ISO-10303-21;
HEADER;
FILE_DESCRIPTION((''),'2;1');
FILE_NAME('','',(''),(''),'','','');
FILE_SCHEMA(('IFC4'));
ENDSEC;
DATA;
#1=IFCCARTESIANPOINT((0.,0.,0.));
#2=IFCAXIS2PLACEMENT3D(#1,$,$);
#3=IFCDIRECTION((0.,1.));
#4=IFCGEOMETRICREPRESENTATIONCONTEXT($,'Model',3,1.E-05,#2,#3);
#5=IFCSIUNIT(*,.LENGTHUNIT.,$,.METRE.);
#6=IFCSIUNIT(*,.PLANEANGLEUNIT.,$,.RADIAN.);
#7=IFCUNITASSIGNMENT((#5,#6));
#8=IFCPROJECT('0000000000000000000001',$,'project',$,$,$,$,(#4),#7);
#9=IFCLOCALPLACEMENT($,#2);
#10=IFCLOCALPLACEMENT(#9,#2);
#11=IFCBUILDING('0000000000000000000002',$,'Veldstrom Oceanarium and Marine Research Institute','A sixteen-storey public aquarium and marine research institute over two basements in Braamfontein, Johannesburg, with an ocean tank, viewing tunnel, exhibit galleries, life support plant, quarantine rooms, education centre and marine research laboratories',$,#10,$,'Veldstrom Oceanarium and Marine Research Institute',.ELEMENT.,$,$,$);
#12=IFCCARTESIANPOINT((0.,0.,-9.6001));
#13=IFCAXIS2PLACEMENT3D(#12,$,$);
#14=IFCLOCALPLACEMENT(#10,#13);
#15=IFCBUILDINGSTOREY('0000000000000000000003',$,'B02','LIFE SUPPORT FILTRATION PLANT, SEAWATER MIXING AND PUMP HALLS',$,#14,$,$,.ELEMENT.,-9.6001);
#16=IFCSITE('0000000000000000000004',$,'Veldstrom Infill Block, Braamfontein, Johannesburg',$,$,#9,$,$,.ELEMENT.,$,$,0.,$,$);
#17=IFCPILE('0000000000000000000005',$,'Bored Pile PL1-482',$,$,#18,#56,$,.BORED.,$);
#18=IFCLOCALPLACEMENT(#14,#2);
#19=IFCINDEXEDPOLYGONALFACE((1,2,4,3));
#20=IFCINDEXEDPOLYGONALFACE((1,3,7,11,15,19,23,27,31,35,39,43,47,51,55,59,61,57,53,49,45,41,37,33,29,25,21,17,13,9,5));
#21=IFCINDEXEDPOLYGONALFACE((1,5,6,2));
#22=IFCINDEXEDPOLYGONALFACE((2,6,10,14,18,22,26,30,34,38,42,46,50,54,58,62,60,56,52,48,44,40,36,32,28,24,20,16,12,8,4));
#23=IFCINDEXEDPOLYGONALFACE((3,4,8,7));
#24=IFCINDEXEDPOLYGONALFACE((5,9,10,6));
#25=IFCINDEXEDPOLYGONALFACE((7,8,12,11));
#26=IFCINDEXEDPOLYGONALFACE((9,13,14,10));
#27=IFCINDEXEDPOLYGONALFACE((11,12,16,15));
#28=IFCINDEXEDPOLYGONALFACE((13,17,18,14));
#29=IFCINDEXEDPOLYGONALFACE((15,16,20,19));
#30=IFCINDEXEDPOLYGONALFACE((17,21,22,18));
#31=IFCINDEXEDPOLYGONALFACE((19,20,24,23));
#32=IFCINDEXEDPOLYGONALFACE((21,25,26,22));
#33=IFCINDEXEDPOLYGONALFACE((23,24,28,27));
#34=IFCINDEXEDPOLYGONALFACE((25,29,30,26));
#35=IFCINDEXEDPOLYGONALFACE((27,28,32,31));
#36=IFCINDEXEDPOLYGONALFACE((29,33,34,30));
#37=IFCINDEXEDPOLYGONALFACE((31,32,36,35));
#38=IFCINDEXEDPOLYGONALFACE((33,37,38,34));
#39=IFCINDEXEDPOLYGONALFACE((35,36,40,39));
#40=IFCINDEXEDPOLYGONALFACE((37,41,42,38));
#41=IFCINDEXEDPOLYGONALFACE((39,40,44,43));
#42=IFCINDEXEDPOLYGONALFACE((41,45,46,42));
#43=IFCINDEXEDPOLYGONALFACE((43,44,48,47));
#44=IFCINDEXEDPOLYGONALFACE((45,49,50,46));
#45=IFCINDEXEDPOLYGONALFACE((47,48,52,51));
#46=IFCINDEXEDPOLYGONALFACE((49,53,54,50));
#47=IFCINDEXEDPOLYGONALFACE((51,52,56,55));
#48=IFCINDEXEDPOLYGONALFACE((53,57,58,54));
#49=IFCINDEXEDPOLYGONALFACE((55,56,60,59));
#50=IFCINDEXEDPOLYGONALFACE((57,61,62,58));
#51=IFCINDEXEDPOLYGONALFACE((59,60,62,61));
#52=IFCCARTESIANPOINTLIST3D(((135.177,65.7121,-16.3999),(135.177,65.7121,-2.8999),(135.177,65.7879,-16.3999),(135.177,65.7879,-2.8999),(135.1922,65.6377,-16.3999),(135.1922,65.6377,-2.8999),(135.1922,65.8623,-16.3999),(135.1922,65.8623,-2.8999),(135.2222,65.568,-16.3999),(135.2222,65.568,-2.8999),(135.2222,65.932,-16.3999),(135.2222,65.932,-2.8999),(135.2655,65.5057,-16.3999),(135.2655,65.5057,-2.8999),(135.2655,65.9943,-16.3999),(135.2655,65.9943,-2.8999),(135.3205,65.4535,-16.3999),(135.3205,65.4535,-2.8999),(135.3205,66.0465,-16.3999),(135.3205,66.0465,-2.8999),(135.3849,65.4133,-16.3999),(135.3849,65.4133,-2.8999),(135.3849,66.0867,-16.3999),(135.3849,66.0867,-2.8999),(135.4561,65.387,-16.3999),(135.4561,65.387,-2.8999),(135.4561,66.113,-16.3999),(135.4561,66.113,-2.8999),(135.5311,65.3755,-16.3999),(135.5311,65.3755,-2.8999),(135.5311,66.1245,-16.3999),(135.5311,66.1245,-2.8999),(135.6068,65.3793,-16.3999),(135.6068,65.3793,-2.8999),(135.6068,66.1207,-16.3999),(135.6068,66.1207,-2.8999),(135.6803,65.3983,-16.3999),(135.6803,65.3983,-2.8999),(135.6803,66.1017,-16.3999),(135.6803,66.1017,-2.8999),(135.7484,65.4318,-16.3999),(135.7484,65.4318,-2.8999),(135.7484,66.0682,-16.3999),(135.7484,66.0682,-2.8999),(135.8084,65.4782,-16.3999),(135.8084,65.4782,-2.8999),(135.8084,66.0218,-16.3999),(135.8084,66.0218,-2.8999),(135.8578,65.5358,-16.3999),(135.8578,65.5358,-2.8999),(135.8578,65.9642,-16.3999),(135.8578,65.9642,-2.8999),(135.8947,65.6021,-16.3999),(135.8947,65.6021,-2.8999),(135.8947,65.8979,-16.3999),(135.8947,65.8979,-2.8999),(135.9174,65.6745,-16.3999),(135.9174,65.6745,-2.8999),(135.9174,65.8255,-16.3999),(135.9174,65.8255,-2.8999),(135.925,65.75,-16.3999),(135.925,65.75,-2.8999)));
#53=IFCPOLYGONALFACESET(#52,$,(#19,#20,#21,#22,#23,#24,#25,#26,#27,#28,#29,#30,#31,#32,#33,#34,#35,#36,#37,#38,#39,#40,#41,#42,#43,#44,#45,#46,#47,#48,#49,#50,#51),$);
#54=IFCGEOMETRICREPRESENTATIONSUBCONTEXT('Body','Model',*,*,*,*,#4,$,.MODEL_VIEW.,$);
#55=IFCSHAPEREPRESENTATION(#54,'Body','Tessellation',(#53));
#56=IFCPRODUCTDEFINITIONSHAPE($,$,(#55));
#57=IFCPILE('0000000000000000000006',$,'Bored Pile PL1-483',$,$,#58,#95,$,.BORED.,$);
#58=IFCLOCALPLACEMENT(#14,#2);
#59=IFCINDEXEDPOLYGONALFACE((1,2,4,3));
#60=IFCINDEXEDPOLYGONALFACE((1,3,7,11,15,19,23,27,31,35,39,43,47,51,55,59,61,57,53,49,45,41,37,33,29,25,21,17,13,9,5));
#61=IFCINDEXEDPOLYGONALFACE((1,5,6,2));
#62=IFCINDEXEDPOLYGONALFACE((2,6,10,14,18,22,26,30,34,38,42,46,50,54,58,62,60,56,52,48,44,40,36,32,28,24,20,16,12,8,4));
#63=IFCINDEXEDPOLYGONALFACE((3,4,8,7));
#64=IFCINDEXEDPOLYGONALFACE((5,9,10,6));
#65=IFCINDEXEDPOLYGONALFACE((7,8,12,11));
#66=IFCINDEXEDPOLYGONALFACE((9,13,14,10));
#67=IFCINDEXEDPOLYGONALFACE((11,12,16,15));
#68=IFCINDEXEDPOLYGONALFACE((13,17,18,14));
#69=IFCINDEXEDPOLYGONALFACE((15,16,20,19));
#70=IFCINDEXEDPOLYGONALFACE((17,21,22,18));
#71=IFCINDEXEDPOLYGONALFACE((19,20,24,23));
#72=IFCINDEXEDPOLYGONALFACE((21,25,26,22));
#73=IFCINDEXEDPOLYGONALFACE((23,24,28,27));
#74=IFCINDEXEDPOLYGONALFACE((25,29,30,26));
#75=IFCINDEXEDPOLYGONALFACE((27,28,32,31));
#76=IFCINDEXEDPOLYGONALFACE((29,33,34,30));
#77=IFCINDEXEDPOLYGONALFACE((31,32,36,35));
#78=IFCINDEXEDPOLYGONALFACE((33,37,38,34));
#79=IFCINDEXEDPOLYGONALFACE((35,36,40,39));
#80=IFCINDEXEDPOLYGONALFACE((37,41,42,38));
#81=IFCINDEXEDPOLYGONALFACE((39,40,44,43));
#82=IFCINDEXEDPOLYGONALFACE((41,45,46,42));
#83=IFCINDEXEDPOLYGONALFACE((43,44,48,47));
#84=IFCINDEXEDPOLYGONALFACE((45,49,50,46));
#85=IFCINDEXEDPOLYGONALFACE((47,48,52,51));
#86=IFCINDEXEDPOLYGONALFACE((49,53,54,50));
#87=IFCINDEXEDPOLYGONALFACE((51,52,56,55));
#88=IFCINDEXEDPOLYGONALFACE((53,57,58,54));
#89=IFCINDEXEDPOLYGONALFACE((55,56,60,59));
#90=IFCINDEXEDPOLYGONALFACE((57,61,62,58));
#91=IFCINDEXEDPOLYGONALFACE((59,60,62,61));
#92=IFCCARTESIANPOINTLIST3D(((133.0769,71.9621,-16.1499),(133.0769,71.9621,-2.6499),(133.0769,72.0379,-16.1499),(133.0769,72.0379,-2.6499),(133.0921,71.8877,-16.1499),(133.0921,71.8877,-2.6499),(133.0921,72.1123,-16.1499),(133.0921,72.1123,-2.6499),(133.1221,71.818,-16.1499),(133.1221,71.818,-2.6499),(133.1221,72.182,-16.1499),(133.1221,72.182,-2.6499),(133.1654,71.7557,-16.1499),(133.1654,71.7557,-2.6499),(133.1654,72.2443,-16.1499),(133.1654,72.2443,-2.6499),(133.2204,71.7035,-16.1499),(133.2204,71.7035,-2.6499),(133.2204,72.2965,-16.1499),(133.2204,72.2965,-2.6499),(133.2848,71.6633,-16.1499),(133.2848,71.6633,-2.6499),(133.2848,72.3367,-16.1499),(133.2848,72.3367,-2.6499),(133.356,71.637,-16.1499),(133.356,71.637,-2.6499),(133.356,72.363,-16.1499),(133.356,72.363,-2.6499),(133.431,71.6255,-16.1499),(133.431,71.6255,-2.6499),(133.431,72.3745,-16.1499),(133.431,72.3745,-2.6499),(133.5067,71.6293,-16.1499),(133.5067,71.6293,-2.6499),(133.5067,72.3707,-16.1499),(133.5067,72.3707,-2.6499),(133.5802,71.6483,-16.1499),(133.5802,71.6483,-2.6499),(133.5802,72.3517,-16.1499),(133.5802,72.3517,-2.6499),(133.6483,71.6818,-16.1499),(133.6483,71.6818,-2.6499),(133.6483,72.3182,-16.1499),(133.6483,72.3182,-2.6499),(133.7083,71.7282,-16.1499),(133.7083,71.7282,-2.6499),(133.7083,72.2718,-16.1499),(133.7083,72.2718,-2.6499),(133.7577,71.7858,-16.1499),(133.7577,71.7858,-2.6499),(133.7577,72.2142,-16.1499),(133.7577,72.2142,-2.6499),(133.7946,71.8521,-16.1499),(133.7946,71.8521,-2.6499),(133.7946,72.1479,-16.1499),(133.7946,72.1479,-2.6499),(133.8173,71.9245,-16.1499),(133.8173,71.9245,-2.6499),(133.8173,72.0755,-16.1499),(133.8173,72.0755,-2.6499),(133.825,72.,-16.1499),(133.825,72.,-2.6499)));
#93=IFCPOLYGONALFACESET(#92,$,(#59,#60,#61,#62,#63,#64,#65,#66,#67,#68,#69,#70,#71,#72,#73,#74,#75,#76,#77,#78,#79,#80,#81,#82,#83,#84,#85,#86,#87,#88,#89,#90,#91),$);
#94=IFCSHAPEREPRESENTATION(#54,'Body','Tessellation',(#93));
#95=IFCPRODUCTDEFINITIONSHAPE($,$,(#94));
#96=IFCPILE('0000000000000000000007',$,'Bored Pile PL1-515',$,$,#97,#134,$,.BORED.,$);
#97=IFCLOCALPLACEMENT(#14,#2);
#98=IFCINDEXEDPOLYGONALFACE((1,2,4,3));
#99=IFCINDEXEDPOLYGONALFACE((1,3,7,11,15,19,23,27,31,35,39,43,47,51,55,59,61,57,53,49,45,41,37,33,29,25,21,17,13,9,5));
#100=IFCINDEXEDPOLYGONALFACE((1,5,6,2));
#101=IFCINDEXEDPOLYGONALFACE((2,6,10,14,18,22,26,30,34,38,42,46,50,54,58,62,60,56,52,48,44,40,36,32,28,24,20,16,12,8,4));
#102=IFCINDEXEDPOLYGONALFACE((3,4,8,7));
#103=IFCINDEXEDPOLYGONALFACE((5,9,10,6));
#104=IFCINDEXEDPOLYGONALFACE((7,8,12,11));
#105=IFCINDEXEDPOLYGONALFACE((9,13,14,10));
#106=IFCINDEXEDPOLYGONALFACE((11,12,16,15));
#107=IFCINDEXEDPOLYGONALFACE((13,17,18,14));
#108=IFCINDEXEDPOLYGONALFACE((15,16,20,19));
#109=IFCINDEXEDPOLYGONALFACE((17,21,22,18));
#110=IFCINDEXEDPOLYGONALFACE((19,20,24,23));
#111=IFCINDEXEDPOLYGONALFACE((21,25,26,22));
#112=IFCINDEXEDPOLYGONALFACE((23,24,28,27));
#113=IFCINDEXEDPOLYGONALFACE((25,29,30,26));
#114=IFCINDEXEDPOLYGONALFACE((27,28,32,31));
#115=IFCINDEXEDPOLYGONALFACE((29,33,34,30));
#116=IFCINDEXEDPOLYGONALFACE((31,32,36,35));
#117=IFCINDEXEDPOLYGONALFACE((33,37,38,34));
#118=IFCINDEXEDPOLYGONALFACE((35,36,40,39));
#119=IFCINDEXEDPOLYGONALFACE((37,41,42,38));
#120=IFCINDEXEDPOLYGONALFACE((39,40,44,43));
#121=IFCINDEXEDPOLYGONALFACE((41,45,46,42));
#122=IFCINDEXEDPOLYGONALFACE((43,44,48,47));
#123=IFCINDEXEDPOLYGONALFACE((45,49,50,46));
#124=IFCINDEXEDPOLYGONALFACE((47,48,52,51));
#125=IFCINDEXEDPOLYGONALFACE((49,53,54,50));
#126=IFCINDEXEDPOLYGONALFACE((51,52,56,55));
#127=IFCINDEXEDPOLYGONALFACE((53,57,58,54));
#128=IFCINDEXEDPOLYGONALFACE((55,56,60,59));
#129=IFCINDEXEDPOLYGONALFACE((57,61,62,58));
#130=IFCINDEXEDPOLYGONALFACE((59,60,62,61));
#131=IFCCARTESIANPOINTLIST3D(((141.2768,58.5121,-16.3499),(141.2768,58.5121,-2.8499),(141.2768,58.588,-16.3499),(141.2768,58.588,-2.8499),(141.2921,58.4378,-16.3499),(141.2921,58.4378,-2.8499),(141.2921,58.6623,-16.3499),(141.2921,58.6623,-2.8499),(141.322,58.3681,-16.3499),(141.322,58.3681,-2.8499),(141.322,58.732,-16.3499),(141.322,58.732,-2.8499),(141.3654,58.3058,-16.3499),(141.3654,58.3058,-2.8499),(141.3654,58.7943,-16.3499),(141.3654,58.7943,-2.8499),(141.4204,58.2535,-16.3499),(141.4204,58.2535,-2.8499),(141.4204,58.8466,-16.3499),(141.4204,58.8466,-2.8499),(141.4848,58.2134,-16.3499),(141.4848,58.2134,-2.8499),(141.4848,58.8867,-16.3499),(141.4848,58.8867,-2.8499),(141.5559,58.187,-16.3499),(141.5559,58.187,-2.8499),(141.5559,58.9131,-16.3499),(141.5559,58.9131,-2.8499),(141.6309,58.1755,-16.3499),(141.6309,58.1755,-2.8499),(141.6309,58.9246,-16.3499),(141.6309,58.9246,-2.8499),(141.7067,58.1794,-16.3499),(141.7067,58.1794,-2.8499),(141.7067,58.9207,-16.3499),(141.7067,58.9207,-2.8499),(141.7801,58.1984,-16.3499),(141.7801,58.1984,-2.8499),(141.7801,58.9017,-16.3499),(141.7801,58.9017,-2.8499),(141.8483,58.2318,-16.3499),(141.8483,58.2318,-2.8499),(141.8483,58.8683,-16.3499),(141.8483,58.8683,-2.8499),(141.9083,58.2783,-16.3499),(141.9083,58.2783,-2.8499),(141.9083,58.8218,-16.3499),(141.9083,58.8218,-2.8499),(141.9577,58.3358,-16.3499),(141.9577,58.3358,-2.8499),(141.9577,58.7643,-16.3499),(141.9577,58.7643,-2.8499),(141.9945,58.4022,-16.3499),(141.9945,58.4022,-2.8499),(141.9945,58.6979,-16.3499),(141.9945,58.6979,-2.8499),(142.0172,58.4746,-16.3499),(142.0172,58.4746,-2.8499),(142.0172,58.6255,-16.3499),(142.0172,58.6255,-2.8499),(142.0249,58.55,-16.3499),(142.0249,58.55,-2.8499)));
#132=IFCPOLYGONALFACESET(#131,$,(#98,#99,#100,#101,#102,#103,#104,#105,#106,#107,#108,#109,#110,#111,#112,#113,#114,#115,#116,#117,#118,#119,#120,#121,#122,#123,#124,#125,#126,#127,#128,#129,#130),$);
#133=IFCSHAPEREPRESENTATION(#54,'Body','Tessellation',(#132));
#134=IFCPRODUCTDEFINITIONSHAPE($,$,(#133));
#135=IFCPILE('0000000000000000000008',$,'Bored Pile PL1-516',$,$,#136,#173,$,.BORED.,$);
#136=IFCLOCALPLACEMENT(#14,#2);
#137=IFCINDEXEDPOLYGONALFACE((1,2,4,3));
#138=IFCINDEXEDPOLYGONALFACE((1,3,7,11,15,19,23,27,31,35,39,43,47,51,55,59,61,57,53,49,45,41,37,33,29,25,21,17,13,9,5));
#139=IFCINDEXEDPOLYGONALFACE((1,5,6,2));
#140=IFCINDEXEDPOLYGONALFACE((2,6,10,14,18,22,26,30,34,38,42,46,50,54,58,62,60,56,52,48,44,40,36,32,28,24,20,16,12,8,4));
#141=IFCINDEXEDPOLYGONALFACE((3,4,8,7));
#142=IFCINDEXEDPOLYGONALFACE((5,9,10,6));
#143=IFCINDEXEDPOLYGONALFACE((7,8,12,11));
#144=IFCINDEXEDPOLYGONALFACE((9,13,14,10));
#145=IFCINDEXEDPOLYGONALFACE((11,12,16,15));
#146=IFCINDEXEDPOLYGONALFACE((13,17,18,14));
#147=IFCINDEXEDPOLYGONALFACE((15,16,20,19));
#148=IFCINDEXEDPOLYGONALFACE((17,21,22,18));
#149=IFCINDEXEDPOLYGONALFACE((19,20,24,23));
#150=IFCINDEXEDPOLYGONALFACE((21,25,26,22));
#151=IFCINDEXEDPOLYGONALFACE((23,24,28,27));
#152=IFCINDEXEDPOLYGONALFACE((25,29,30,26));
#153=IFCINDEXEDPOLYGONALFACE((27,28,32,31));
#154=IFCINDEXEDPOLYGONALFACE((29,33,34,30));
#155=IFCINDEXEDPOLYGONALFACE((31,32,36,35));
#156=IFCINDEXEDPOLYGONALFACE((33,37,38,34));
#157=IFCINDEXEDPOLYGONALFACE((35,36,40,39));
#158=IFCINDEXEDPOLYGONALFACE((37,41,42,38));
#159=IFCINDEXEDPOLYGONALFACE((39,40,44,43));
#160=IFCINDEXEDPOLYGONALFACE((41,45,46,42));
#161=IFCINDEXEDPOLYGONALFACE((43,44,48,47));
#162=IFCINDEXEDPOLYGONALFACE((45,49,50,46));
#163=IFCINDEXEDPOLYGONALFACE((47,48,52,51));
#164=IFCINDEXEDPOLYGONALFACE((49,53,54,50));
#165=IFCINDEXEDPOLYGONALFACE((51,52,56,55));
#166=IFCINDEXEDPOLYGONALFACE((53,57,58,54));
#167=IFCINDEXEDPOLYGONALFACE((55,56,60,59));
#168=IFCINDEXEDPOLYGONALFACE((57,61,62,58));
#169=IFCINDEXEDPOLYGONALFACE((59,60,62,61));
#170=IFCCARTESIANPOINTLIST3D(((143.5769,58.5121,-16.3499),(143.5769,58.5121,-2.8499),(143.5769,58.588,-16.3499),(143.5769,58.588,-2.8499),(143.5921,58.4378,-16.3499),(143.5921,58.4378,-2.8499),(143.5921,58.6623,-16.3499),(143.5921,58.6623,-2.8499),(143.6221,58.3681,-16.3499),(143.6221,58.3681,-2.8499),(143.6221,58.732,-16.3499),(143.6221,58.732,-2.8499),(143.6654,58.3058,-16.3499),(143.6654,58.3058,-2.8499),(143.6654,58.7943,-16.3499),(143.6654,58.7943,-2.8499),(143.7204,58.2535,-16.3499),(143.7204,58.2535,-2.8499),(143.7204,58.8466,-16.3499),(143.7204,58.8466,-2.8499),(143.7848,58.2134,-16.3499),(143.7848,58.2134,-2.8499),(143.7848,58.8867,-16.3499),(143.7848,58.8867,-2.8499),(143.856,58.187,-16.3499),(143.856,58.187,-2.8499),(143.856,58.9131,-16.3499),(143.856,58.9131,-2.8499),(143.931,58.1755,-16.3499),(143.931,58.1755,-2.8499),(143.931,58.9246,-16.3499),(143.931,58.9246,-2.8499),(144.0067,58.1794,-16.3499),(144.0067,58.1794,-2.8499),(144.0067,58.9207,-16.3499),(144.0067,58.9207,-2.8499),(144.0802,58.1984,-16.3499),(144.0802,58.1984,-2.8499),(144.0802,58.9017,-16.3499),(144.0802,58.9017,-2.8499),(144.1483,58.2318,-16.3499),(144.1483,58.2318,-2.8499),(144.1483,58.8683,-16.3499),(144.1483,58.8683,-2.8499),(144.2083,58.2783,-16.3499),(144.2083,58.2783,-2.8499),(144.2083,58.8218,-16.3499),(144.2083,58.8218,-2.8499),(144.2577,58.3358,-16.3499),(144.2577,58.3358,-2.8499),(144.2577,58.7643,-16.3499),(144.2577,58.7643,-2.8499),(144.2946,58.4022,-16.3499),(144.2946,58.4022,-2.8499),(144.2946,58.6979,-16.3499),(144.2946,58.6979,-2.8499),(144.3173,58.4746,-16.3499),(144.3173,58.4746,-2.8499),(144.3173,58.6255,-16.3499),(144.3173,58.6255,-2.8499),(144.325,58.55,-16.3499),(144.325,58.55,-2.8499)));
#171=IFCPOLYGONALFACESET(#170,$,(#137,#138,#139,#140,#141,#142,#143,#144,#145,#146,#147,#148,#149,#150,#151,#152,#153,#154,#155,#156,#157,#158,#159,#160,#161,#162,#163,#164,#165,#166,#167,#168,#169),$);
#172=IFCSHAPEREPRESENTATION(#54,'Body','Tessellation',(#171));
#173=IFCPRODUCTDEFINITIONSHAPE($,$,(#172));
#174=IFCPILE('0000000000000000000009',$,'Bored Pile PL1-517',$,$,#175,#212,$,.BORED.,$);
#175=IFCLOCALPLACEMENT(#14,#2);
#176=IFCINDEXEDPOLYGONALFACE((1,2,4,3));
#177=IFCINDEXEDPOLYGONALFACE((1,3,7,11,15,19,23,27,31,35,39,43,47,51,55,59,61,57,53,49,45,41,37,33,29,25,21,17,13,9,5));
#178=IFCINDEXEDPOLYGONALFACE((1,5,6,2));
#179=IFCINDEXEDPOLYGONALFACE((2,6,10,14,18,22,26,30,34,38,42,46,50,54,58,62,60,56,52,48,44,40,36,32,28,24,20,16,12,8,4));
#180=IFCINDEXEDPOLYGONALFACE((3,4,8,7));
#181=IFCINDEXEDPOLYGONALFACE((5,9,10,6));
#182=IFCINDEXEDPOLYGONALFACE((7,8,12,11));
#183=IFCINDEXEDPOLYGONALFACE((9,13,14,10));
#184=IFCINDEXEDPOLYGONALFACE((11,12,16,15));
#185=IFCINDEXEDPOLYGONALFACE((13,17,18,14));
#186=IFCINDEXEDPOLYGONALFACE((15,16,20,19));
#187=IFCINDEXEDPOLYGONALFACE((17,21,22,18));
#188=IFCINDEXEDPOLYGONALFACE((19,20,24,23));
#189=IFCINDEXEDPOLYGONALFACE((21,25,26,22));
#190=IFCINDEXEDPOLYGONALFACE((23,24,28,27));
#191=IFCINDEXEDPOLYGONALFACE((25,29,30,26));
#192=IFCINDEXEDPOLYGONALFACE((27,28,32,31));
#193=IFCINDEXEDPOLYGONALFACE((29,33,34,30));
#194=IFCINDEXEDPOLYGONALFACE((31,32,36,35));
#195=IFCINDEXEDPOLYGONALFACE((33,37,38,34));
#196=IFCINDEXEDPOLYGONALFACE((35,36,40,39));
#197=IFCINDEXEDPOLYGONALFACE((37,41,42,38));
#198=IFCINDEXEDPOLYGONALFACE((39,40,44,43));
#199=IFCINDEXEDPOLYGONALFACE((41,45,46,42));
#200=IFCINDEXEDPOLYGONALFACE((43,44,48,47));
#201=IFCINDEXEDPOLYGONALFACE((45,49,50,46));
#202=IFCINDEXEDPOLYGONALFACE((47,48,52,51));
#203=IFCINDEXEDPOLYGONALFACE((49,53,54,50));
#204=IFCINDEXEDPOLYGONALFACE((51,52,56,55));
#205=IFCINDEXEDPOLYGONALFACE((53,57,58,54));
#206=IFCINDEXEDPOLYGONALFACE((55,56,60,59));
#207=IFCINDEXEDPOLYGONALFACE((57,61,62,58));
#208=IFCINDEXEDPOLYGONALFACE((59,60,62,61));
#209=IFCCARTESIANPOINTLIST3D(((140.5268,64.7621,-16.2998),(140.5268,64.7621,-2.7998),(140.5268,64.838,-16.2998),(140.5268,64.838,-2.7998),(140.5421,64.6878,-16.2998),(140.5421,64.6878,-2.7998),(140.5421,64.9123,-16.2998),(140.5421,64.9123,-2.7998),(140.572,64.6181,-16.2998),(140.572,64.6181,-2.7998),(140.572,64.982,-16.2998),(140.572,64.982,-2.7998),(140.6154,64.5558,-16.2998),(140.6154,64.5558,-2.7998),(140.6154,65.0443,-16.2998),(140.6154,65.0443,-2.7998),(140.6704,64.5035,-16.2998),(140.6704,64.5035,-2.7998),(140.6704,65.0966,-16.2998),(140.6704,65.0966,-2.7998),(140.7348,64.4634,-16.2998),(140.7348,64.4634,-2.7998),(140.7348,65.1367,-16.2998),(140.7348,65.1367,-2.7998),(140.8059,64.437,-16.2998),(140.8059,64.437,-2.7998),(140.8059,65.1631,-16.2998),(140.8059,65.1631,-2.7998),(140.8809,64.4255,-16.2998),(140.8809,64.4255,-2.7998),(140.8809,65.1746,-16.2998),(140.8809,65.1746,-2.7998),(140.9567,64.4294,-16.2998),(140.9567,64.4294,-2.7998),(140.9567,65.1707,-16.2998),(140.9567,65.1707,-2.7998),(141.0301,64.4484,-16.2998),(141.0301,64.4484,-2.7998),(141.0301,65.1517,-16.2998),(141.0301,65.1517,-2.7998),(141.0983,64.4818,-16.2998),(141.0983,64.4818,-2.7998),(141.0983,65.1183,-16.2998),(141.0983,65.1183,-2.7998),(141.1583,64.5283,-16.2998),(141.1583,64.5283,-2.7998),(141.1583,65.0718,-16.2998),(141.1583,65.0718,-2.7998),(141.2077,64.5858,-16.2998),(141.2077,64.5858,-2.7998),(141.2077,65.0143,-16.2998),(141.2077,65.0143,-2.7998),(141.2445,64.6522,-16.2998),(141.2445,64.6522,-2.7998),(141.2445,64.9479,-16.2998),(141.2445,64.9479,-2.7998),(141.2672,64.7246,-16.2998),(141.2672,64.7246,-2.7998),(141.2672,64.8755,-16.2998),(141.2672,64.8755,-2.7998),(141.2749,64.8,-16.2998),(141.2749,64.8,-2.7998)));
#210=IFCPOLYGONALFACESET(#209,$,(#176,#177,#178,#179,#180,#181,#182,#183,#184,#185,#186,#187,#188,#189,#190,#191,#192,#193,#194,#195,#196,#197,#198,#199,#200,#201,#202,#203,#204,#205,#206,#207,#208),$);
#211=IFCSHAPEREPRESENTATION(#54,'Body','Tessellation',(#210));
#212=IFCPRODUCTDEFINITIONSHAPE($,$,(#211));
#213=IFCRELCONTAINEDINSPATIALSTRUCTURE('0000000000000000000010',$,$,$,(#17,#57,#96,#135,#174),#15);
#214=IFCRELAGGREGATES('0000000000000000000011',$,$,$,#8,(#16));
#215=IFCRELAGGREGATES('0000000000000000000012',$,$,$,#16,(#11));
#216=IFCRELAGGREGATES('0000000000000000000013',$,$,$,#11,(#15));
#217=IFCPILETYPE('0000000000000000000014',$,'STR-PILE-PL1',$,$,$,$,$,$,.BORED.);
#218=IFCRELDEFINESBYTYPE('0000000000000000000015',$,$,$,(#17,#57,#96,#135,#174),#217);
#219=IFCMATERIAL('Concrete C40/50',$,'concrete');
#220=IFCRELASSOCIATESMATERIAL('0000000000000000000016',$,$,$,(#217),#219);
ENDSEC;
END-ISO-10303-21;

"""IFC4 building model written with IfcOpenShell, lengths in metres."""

from ifc_helpers import new_model, si_unit, direction, frame, origin, origin_2d, place, context, subcontext, project, spatial, circle, extrude, material, material_profile, profile_set, type_object, element, save


model = new_model("IFC4")

# Units and contexts
model_context = context("Model", 3, precision=1e-05, world=origin(), true_north=direction((0.0, 1.0)))
body_context = subcontext(model_context, "Body", "Model", "MODEL_VIEW")
ifc_project = project(units=[si_unit("LENGTHUNIT", "METRE"), si_unit("PLANEANGLEUNIT", "RADIAN")], contexts=[model_context])

# Site, building, storey
site_placement = place(None, origin())
site = spatial("IfcSite", under=ifc_project, at=site_placement, Name="Veldstrom Infill Block, Braamfontein, Johannesburg", CompositionType="ELEMENT", RefElevation=0.0)
building_placement = place(site_placement, origin())
building = spatial("IfcBuilding", under=site, at=building_placement, Name="Veldstrom Oceanarium and Marine Research Institute", Description="A sixteen-storey public aquarium and marine research institute over two basements in Braamfontein, Johannesburg, with an ocean tank, viewing tunnel, exhibit galleries, life support plant, quarantine rooms, education centre and marine research laboratories", LongName="Veldstrom Oceanarium and Marine Research Institute", CompositionType="ELEMENT")
storey_placement = place(building_placement, frame((0.0, 0.0, -9.6001)))
storey = spatial("IfcBuildingStorey", under=building, at=storey_placement, Name="B02", Description="LIFE SUPPORT FILTRATION PLANT, SEAWATER MIXING AND PUMP HALLS", CompositionType="ELEMENT", Elevation=-9.6001)

# Piles
ifc_material_1 = material(Name="Concrete C40/50", Category="concrete")
ifc_material_profile_1 = material_profile(ifc_material_1, circle(Radius=0.375, at=origin_2d()), Name="PILE-D750")
ifc_profile_set_1 = profile_set([ifc_material_profile_1], Name="Concrete C40/50")
pile_type = type_object("IfcPileType", Name="STR-PILE-PL1", PredefinedType="BORED", material=ifc_profile_set_1)
for number, where, z_axis, x_axis, name in (
    (1, (135.55, 65.75, -2.8999), (0.0, 0.0, -1.0), (1.0, 0.0, 0.0), "Bored Pile PL1-482"),
    (2, (133.45, 72.0, -2.6499), (0.0, 0.0, -1.0), (1.0, 0.0, 0.0), "Bored Pile PL1-483"),
    (3, (141.6499, 58.55, -2.8499), (0.0, 0.0, -1.0), (1.0, 0.0, 0.0), "Bored Pile PL1-515"),
    (4, (143.95, 58.55, -2.8499), (0.0, 0.0, -1.0), (1.0, 0.0, 0.0), "Bored Pile PL1-516"),
    (5, (140.8999, 64.8, -2.7998), (0.0, 0.0, -1.0), (1.0, 0.0, 0.0), "Bored Pile PL1-517"),
):
    element("IfcPile", number, at=place(storey_placement, frame(where, z_axis=z_axis, x_axis=x_axis)), inside=storey, type_object=pile_type, Name=name, PredefinedType="BORED", context=body_context, shape_type="SweptSolid", body=[
        extrude(circle(Radius=0.375, at=origin_2d()), origin(), (0.0, 0.0, 1.0), 13.5),
    ])

save(model, "model.ifc")
